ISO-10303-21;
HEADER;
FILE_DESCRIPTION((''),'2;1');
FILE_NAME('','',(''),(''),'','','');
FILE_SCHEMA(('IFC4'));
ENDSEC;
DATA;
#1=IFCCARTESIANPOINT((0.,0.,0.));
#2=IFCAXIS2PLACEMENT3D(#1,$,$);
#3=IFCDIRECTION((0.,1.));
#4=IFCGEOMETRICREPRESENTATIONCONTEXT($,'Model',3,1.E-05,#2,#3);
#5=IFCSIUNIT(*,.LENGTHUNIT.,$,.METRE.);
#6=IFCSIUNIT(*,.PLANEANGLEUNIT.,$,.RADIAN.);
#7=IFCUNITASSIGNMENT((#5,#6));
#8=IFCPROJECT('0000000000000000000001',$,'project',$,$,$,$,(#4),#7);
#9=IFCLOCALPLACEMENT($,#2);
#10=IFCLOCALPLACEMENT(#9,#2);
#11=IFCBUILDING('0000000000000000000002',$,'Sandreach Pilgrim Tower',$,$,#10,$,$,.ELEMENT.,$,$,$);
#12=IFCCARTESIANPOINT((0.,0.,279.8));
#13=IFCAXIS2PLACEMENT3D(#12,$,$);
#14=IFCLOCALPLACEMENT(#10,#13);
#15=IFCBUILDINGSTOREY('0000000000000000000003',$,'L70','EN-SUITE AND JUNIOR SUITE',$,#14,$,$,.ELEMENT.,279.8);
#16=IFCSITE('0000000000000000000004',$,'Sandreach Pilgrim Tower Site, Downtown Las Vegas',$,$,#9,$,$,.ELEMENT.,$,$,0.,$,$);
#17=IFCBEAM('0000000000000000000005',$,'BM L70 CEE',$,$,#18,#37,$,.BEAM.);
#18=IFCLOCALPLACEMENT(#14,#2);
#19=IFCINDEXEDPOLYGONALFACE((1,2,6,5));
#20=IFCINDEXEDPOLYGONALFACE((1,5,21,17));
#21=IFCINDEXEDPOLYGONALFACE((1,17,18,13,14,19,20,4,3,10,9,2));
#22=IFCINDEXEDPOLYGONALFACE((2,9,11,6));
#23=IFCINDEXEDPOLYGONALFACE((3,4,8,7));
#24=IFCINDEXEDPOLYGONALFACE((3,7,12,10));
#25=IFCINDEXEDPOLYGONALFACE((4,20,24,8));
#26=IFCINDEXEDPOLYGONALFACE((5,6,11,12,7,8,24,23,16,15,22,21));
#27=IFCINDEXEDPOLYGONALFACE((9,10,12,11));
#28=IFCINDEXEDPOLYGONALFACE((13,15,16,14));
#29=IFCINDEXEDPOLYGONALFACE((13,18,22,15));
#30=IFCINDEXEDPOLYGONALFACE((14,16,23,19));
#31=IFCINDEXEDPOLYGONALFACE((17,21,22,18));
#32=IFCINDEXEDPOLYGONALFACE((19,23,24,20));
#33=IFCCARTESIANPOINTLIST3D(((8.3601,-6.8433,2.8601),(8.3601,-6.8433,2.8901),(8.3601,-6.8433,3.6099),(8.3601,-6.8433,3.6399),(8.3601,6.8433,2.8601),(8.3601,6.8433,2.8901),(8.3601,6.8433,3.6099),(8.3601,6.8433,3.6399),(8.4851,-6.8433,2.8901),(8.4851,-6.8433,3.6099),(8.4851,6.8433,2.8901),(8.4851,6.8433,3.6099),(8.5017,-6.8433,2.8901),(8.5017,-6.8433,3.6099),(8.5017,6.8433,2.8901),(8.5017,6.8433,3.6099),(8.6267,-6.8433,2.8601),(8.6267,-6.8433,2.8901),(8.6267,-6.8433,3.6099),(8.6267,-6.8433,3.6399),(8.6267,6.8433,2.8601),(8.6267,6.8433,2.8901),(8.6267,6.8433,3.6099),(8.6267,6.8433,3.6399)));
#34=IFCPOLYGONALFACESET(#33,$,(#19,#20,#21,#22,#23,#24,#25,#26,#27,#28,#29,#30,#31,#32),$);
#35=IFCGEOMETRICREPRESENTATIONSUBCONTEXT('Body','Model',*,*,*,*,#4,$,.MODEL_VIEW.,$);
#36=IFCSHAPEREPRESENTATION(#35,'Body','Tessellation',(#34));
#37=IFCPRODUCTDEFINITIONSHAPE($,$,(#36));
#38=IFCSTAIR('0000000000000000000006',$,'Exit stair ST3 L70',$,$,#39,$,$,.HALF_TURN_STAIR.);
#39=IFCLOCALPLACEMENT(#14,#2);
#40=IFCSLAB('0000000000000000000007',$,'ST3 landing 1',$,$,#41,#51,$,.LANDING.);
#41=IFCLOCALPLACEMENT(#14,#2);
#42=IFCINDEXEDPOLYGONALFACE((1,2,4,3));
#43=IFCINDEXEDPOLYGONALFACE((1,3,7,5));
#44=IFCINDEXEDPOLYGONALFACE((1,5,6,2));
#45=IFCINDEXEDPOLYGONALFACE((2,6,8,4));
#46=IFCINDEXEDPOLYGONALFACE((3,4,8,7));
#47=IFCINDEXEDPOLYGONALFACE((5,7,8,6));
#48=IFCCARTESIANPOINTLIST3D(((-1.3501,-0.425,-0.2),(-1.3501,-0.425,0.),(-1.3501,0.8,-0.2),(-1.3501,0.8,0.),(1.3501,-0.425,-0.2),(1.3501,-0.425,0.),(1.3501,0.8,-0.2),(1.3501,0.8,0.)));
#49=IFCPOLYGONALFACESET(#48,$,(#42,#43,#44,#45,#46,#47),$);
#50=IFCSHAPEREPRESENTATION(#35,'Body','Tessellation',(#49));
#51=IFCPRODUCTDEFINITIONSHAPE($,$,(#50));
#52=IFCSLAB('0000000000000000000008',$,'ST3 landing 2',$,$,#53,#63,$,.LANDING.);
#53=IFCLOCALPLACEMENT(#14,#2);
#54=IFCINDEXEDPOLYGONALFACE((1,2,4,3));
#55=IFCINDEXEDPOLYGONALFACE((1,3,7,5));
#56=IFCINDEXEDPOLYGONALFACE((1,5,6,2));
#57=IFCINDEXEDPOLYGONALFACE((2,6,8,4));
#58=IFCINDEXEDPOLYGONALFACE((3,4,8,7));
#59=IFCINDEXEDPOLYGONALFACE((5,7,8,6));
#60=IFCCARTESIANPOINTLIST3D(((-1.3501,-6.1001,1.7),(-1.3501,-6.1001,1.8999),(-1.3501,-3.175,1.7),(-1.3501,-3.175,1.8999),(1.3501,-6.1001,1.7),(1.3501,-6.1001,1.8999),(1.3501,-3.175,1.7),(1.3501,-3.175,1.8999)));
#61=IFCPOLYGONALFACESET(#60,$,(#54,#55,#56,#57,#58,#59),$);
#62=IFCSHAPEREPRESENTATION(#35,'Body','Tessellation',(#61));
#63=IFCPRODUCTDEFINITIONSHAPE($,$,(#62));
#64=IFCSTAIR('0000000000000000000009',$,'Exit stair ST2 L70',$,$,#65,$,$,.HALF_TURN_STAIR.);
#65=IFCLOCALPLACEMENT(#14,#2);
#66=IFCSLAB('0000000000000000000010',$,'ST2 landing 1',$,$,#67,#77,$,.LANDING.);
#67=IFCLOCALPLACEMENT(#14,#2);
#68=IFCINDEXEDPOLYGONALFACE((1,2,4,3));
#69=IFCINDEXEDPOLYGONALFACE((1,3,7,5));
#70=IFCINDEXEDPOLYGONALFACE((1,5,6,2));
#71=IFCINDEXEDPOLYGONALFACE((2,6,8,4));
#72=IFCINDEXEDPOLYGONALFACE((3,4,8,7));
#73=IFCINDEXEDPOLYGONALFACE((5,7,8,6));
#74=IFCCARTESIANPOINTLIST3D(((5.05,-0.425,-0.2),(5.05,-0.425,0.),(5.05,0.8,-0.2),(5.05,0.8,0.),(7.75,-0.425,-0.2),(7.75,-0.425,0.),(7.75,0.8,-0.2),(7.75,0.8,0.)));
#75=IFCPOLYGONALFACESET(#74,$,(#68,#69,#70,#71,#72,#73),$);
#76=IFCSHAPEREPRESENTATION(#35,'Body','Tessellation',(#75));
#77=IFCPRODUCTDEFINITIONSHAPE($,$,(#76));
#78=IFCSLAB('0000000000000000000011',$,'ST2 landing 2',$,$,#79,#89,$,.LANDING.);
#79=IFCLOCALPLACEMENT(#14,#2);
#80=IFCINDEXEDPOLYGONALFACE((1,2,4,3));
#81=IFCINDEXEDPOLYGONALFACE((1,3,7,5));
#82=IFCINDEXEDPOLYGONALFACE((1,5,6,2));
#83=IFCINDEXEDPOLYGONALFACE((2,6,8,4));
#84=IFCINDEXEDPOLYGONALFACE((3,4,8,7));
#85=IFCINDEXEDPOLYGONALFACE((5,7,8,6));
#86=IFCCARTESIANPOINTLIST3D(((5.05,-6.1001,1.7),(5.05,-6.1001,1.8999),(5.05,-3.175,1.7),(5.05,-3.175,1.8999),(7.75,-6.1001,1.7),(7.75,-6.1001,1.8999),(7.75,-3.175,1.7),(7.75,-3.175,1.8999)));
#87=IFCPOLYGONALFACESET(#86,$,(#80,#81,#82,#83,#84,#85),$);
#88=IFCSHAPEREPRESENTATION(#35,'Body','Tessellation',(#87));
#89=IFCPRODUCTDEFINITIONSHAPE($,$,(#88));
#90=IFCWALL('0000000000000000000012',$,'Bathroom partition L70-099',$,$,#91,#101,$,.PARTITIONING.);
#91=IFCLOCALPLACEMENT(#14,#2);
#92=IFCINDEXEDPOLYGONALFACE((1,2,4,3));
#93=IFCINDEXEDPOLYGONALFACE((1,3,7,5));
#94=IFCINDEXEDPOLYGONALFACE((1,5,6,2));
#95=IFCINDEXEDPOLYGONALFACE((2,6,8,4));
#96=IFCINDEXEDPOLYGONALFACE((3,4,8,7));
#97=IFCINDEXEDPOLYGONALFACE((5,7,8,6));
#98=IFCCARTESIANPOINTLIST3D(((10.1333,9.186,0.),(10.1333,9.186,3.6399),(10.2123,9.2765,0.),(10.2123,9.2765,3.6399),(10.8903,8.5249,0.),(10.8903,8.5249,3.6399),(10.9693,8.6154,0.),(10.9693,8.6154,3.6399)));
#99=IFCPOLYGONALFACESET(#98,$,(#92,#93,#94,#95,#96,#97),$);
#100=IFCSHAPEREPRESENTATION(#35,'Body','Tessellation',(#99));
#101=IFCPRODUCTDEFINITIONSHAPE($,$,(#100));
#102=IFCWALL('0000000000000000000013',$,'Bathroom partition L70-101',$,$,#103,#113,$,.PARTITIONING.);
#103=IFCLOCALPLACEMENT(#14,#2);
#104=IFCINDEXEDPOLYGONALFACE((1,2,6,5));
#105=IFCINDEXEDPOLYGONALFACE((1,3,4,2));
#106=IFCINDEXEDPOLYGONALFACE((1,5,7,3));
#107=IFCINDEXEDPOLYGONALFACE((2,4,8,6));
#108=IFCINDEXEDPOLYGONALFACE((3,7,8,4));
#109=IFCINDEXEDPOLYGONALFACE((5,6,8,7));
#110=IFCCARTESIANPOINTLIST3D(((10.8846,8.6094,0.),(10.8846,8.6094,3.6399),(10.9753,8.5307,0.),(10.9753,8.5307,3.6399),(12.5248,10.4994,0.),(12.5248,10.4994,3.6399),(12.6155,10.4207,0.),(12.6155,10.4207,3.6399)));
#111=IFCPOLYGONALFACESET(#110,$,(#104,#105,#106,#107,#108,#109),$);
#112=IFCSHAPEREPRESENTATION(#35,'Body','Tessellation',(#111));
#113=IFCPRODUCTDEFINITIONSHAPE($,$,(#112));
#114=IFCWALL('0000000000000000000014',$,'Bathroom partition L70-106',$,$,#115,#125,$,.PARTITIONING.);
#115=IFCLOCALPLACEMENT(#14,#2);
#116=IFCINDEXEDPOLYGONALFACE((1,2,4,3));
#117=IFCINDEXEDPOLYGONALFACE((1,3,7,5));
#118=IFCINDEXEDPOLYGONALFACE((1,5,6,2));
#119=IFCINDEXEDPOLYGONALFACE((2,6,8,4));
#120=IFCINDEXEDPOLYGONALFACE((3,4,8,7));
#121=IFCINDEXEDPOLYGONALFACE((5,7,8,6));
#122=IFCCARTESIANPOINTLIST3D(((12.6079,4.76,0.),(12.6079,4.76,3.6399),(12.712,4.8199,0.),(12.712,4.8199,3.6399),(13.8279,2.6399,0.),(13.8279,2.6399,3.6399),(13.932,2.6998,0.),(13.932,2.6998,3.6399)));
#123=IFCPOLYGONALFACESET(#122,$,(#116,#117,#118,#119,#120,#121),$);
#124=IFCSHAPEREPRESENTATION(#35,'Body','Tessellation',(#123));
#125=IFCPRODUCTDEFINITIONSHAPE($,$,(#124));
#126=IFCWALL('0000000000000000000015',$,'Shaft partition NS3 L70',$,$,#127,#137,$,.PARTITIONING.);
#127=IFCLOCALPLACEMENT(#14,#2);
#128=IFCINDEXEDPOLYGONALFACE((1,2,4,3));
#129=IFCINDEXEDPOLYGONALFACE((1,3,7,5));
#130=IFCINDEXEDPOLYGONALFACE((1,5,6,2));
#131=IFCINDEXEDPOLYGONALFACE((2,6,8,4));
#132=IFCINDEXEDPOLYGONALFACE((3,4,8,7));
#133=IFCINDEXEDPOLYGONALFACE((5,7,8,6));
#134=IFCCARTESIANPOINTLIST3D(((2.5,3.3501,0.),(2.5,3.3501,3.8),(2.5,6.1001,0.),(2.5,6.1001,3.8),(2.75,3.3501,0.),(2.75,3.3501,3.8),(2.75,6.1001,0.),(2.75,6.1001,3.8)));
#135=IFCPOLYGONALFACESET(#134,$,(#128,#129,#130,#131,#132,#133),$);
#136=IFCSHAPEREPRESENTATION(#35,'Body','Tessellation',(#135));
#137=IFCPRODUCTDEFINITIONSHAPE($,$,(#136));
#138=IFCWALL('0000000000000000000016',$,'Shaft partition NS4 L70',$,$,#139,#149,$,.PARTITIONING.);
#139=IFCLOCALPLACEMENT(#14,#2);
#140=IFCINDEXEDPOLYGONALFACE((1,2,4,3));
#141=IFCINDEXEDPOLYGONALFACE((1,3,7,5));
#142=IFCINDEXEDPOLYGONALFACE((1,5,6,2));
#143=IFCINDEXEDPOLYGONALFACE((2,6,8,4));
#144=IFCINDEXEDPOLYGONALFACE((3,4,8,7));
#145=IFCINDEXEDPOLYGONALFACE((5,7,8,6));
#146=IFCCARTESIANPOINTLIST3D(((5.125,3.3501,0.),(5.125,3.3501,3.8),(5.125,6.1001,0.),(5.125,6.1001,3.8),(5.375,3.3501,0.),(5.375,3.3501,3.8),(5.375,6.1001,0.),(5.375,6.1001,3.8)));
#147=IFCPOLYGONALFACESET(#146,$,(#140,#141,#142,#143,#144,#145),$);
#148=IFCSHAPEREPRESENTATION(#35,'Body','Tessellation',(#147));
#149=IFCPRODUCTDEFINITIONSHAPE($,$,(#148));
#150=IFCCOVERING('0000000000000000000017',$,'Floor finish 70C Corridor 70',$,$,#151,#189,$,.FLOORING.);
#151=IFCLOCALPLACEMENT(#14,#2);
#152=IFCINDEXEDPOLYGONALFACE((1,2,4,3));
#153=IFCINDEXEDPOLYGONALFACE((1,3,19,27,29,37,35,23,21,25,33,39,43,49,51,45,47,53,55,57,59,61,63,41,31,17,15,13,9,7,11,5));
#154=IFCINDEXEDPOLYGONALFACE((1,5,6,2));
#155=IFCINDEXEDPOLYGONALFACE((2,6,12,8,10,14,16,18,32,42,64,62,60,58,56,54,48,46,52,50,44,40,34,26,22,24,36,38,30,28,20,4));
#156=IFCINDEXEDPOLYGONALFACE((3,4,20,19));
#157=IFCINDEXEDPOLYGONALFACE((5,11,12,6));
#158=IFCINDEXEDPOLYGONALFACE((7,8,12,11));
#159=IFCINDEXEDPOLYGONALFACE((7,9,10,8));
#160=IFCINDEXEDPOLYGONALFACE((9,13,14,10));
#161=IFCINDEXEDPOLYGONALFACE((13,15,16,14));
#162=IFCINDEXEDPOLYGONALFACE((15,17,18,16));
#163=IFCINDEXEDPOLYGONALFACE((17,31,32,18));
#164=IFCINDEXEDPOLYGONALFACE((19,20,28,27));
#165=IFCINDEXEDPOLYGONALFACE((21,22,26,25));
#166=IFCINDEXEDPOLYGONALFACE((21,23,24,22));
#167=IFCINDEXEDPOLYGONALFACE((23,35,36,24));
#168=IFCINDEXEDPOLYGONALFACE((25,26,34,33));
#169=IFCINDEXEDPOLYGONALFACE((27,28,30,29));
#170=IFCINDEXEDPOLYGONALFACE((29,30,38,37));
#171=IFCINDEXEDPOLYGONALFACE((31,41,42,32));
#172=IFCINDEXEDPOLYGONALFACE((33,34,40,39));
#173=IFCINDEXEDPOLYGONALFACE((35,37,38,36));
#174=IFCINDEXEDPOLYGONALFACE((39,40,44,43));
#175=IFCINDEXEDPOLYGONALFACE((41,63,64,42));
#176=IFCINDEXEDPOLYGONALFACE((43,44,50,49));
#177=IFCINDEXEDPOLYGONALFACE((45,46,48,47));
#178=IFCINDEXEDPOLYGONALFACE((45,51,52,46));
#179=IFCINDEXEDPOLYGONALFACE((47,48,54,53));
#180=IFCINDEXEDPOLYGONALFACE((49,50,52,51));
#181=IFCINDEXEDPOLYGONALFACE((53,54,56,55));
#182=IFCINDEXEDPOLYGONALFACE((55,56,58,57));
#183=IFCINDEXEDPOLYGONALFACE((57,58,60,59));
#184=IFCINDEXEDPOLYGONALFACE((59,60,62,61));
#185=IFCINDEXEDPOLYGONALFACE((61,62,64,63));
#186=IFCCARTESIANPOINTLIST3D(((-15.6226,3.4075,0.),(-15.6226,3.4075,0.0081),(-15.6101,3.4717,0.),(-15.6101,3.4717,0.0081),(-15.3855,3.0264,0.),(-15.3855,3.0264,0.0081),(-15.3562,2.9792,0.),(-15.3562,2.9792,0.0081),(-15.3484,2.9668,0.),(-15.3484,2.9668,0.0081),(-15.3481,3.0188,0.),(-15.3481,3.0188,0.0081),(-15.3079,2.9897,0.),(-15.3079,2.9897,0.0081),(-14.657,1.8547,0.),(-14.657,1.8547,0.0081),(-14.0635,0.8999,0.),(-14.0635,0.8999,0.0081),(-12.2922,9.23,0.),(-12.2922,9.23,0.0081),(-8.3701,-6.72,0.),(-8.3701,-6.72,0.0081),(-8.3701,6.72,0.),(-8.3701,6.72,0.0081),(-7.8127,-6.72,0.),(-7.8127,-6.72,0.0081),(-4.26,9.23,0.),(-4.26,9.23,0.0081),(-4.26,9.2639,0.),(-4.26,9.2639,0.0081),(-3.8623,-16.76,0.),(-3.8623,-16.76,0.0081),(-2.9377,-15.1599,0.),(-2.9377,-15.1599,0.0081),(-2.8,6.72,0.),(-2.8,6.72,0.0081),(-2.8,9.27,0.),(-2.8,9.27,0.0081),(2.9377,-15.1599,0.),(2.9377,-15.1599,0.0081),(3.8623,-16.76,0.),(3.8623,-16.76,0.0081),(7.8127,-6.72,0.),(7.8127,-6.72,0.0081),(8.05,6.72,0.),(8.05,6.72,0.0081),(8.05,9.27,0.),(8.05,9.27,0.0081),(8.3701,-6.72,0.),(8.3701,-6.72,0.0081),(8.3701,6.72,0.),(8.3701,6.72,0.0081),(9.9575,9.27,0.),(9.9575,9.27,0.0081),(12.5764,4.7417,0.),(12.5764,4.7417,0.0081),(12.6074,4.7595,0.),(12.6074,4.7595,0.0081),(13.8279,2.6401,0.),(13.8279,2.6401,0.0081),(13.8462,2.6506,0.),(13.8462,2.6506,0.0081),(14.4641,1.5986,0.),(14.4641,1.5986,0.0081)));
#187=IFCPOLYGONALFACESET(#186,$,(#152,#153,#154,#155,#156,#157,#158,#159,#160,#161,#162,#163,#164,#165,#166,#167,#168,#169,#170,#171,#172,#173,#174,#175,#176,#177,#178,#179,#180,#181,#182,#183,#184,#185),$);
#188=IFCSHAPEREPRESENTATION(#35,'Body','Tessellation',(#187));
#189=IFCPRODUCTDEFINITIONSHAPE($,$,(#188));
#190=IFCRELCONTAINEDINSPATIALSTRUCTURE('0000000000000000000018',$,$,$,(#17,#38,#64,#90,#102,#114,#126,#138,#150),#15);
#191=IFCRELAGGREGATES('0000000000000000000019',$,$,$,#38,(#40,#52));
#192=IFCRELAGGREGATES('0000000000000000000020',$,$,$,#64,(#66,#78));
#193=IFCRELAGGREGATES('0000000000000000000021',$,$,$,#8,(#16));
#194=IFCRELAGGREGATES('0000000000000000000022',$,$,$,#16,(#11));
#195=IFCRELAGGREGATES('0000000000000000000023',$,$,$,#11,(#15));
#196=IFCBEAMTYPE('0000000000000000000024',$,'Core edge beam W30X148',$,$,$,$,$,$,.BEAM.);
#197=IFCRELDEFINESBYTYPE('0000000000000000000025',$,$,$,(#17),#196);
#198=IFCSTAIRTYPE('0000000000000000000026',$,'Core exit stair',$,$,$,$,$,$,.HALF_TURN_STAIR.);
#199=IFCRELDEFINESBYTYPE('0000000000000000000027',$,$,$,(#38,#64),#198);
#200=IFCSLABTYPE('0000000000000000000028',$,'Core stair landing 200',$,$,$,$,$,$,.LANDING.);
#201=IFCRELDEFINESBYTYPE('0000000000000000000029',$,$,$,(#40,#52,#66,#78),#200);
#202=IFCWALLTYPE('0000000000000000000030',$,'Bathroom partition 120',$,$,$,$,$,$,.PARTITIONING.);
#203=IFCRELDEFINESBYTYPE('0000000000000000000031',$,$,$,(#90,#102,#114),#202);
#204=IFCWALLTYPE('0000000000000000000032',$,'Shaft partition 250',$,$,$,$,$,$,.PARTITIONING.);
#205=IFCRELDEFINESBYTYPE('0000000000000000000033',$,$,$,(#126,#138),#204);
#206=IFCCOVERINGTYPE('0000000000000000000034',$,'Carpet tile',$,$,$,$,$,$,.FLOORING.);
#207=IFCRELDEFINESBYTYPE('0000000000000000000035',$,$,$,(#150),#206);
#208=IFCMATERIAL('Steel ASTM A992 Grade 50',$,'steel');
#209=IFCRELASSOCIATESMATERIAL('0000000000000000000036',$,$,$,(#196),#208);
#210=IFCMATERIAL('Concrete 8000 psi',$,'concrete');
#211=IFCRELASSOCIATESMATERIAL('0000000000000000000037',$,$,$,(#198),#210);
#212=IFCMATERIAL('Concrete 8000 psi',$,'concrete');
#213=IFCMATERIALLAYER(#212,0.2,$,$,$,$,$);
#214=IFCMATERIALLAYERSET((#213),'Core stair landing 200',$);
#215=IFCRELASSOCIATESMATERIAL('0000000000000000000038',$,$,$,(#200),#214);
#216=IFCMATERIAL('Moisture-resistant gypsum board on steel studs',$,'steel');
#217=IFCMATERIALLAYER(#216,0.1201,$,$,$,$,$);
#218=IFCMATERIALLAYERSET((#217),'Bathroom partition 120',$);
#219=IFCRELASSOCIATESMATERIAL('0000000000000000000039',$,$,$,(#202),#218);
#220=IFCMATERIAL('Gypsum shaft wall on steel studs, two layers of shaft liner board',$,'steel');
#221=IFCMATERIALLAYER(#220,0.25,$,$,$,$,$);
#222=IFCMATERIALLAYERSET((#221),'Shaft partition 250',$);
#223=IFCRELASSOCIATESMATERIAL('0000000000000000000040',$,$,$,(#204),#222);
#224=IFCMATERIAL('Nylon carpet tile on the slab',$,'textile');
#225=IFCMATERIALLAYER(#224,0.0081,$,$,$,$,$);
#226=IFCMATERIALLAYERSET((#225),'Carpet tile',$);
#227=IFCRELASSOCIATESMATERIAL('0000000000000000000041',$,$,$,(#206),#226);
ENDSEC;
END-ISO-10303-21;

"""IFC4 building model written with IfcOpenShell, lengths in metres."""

from ifc_helpers import new_model, si_unit, direction, frame, frame_2d, origin, origin_2d, place, context, subcontext, project, spatial, polyline, rectangle, i_section, outline, extrude, material, layer, layer_set, material_profile, profile_set, type_object, element, aggregate, save


model = new_model("IFC4")

# Units and contexts
model_context = context("Model", 3, precision=1e-05, world=origin(), true_north=direction((0.0, 1.0)))
body_context = subcontext(model_context, "Body", "Model", "MODEL_VIEW")
ifc_project = project(units=[si_unit("LENGTHUNIT", "METRE"), si_unit("PLANEANGLEUNIT", "RADIAN")], contexts=[model_context])

# Site, building, storey
site_placement = place(None, origin())
site = spatial("IfcSite", under=ifc_project, at=site_placement, Name="Sandreach Pilgrim Tower Site, Downtown Las Vegas", CompositionType="ELEMENT", RefElevation=0.0)
building_placement = place(site_placement, origin())
building = spatial("IfcBuilding", under=site, at=building_placement, Name="Sandreach Pilgrim Tower", CompositionType="ELEMENT")
storey_placement = place(building_placement, frame((0.0, 0.0, 279.8)))
storey = spatial("IfcBuildingStorey", under=building, at=storey_placement, Name="L70", Description="EN-SUITE AND JUNIOR SUITE", CompositionType="ELEMENT", Elevation=279.8)

# Beam
ifc_material_1 = material(Name="Steel ASTM A992 Grade 50", Category="steel")
ifc_material_profile = material_profile(ifc_material_1, i_section(OverallWidth=0.2666, OverallDepth=0.7798, WebThickness=0.0166, FlangeThickness=0.03, at=origin_2d()), Name="W30X148")
ifc_profile_set = profile_set([ifc_material_profile], Name="Steel ASTM A992 Grade 50")
beam_type = type_object("IfcBeamType", Name="Core edge beam W30X148", PredefinedType="BEAM", material=ifc_profile_set)
beam_placement = place(storey_placement, frame((8.4934, 6.8433, 3.25), z_axis=(0.0, -1.0, 0.0), x_axis=(1.0, 0.0, 0.0)))
element("IfcBeam", 1, at=beam_placement, inside=storey, type_object=beam_type, Name="BM L70 CEE", PredefinedType="BEAM", context=body_context, shape_type="SweptSolid", body=[
    extrude(i_section(OverallWidth=0.2666, OverallDepth=0.7798, WebThickness=0.0166, FlangeThickness=0.03, at=origin_2d()), origin(), (0.0, 0.0, 1.0), 13.6865),
])

# Stairs, slabs
ifc_material_2 = material(Name="Concrete 8000 psi", Category="concrete")
stair_type = type_object("IfcStairType", Name="Core exit stair", PredefinedType="HALF_TURN_STAIR", material=ifc_material_2)
stair_1_placement = place(storey_placement, origin())
stair_1 = element("IfcStair", 2, at=stair_1_placement, inside=storey, type_object=stair_type, Name="Exit stair ST3 L70", PredefinedType="HALF_TURN_STAIR")
ifc_material_3 = material(Name="Concrete 8000 psi", Category="concrete")
ifc_layer_1 = layer(ifc_material_3, 0.2)
ifc_layer_set_1 = layer_set([ifc_layer_1], Name="Core stair landing 200")
slab_type = type_object("IfcSlabType", Name="Core stair landing 200", PredefinedType="LANDING", material=ifc_layer_set_1)
slab_1_placement = place(storey_placement, frame((0.0, 0.0, -0.2)))
slab_1 = element("IfcSlab", 3, at=slab_1_placement, type_object=slab_type, Name="ST3 landing 1", PredefinedType="LANDING", context=body_context, shape_type="SweptSolid", body=[
    extrude(outline(polyline([(-1.3501, -0.425), (1.3501, -0.425), (1.3501, 0.8), (-1.3501, 0.8), (-1.3501, -0.425)])), origin(), (0.0, 0.0, 1.0), 0.2),
])
slab_2_placement = place(storey_placement, frame((0.0, 0.0, 1.7)))
slab_2 = element("IfcSlab", 4, at=slab_2_placement, type_object=slab_type, Name="ST3 landing 2", PredefinedType="LANDING", context=body_context, shape_type="SweptSolid", body=[
    extrude(outline(polyline([(-1.3501, -6.1001), (1.3501, -6.1001), (1.3501, -3.175), (-1.3501, -3.175), (-1.3501, -6.1001)])), origin(), (0.0, 0.0, 1.0), 0.2),
])
aggregate(stair_1, [slab_1, slab_2])
stair_2_placement = place(storey_placement, origin())
stair_2 = element("IfcStair", 5, at=stair_2_placement, inside=storey, type_object=stair_type, Name="Exit stair ST2 L70", PredefinedType="HALF_TURN_STAIR")
slab_3_placement = place(storey_placement, frame((0.0, 0.0, -0.2)))
slab_3 = element("IfcSlab", 6, at=slab_3_placement, type_object=slab_type, Name="ST2 landing 1", PredefinedType="LANDING", context=body_context, shape_type="SweptSolid", body=[
    extrude(outline(polyline([(5.05, -0.425), (7.75, -0.425), (7.75, 0.8), (5.05, 0.8), (5.05, -0.425)])), origin(), (0.0, 0.0, 1.0), 0.2),
])
slab_4_placement = place(storey_placement, frame((0.0, 0.0, 1.7)))
slab_4 = element("IfcSlab", 7, at=slab_4_placement, type_object=slab_type, Name="ST2 landing 2", PredefinedType="LANDING", context=body_context, shape_type="SweptSolid", body=[
    extrude(outline(polyline([(5.05, -6.1001), (7.75, -6.1001), (7.75, -3.175), (5.05, -3.175), (5.05, -6.1001)])), origin(), (0.0, 0.0, 1.0), 0.2),
])
aggregate(stair_2, [slab_3, slab_4])

# Walls
ifc_material_4 = material(Name="Moisture-resistant gypsum board on steel studs", Category="steel")
ifc_layer_2 = layer(ifc_material_4, 0.1201)
ifc_layer_set_2 = layer_set([ifc_layer_2], Name="Bathroom partition 120")
wall_type_1 = type_object("IfcWallType", Name="Bathroom partition 120", PredefinedType="PARTITIONING", material=ifc_layer_set_2)
wall_1_placement = place(storey_placement, frame((10.1729, 9.2312, 0.0), z_axis=(0.0, 0.0, 1.0), x_axis=(0.753223, -0.657765, 0.0)))
element("IfcWall", 8, at=wall_1_placement, inside=storey, type_object=wall_type_1, Name="Bathroom partition L70-099", PredefinedType="PARTITIONING", context=body_context, shape_type="SweptSolid", body=[
    extrude(rectangle(XDim=1.0051, YDim=0.1201, at=frame_2d((0.5024, 0.0))), origin(), (0.0, 0.0, 1.0), 3.6399),
])
wall_2_placement = place(storey_placement, frame((10.9299, 8.5701, 0.0), z_axis=(0.0, 0.0, 1.0), x_axis=(0.655439, 0.755248, 0.0)))
element("IfcWall", 9, at=wall_2_placement, inside=storey, type_object=wall_type_1, Name="Bathroom partition L70-101", PredefinedType="PARTITIONING", context=body_context, shape_type="SweptSolid", body=[
    extrude(rectangle(XDim=2.5024, YDim=0.1201, at=frame_2d((1.2512, 0.0))), origin(), (0.0, 0.0, 1.0), 3.6399),
])
wall_3_placement = place(storey_placement, frame((12.6599, 4.79, 0.0), z_axis=(0.0, 0.0, 1.0), x_axis=(0.498749, -0.866747, 0.0)))
element("IfcWall", 10, at=wall_3_placement, inside=storey, type_object=wall_type_1, Name="Bathroom partition L70-106", PredefinedType="PARTITIONING", context=body_context, shape_type="SweptSolid", body=[
    extrude(rectangle(XDim=2.446, YDim=0.1201, at=frame_2d((1.2231, 0.0))), origin(), (0.0, 0.0, 1.0), 3.6399),
])

# Walls
ifc_material_5 = material(Name="Gypsum shaft wall on steel studs, two layers of shaft liner board", Category="steel")
ifc_layer_3 = layer(ifc_material_5, 0.25)
ifc_layer_set_3 = layer_set([ifc_layer_3], Name="Shaft partition 250")
wall_type_2 = type_object("IfcWallType", Name="Shaft partition 250", PredefinedType="PARTITIONING", material=ifc_layer_set_3)
for number, where, z_axis, x_axis, name in (
    (11, (2.625, 3.3501, 0.0), (0.0, 0.0, 1.0), (0.0, 1.0, 0.0), "Shaft partition NS3 L70"),
    (12, (5.25, 3.3501, 0.0), (0.0, 0.0, 1.0), (0.0, 1.0, 0.0), "Shaft partition NS4 L70"),
):
    element("IfcWall", number, at=place(storey_placement, frame(where, z_axis=z_axis, x_axis=x_axis)), inside=storey, type_object=wall_type_2, Name=name, PredefinedType="PARTITIONING", context=body_context, shape_type="SweptSolid", body=[
        extrude(rectangle(XDim=2.75, YDim=0.25, at=frame_2d((1.375, 0.0))), origin(), (0.0, 0.0, 1.0), 3.8),
    ])

# Covering
ifc_material_6 = material(Name="Nylon carpet tile on the slab", Category="textile")
ifc_layer_4 = layer(ifc_material_6, 0.0081)
ifc_layer_set_4 = layer_set([ifc_layer_4], Name="Carpet tile")
covering_type_1 = type_object("IfcCoveringType", Name="Carpet tile", PredefinedType="FLOORING", material=ifc_layer_set_4)
covering_1_placement = place(storey_placement, origin())
element("IfcCovering", 13, at=covering_1_placement, inside=storey, type_object=covering_type_1, Name="Floor finish 70C Corridor 70", PredefinedType="FLOORING", context=body_context, shape_type="SweptSolid", body=[
    extrude(outline(polyline([(-15.6101, 3.4717), (-12.2922, 9.23), (-4.26, 9.23), (-4.26, 9.2639), (-2.8, 9.27), (-2.8, 6.72), (-8.3701, 6.72), (-8.3701, -6.72), (-7.8127, -6.72), (-2.9377, -15.1599), (2.9377, -15.1599), (7.8127, -6.72), (8.3701, -6.72), (8.3701, 6.72), (8.05, 6.72), (8.05, 9.27), (9.9575, 9.27), (12.5764, 4.7417), (12.6074, 4.7595), (13.8279, 2.6401), (13.8462, 2.6506), (14.4641, 1.5986), (3.8623, -16.76), (-3.8623, -16.76), (-14.0635, 0.8999), (-14.657, 1.8547), (-15.3079, 2.9897), (-15.3484, 2.9668), (-15.3562, 2.9792), (-15.3481, 3.0188), (-15.3855, 3.0264), (-15.6226, 3.4075), (-15.6101, 3.4717)])), origin(), (0.0, 0.0, 1.0), 0.0081),
])

save(model, "model.ifc")
